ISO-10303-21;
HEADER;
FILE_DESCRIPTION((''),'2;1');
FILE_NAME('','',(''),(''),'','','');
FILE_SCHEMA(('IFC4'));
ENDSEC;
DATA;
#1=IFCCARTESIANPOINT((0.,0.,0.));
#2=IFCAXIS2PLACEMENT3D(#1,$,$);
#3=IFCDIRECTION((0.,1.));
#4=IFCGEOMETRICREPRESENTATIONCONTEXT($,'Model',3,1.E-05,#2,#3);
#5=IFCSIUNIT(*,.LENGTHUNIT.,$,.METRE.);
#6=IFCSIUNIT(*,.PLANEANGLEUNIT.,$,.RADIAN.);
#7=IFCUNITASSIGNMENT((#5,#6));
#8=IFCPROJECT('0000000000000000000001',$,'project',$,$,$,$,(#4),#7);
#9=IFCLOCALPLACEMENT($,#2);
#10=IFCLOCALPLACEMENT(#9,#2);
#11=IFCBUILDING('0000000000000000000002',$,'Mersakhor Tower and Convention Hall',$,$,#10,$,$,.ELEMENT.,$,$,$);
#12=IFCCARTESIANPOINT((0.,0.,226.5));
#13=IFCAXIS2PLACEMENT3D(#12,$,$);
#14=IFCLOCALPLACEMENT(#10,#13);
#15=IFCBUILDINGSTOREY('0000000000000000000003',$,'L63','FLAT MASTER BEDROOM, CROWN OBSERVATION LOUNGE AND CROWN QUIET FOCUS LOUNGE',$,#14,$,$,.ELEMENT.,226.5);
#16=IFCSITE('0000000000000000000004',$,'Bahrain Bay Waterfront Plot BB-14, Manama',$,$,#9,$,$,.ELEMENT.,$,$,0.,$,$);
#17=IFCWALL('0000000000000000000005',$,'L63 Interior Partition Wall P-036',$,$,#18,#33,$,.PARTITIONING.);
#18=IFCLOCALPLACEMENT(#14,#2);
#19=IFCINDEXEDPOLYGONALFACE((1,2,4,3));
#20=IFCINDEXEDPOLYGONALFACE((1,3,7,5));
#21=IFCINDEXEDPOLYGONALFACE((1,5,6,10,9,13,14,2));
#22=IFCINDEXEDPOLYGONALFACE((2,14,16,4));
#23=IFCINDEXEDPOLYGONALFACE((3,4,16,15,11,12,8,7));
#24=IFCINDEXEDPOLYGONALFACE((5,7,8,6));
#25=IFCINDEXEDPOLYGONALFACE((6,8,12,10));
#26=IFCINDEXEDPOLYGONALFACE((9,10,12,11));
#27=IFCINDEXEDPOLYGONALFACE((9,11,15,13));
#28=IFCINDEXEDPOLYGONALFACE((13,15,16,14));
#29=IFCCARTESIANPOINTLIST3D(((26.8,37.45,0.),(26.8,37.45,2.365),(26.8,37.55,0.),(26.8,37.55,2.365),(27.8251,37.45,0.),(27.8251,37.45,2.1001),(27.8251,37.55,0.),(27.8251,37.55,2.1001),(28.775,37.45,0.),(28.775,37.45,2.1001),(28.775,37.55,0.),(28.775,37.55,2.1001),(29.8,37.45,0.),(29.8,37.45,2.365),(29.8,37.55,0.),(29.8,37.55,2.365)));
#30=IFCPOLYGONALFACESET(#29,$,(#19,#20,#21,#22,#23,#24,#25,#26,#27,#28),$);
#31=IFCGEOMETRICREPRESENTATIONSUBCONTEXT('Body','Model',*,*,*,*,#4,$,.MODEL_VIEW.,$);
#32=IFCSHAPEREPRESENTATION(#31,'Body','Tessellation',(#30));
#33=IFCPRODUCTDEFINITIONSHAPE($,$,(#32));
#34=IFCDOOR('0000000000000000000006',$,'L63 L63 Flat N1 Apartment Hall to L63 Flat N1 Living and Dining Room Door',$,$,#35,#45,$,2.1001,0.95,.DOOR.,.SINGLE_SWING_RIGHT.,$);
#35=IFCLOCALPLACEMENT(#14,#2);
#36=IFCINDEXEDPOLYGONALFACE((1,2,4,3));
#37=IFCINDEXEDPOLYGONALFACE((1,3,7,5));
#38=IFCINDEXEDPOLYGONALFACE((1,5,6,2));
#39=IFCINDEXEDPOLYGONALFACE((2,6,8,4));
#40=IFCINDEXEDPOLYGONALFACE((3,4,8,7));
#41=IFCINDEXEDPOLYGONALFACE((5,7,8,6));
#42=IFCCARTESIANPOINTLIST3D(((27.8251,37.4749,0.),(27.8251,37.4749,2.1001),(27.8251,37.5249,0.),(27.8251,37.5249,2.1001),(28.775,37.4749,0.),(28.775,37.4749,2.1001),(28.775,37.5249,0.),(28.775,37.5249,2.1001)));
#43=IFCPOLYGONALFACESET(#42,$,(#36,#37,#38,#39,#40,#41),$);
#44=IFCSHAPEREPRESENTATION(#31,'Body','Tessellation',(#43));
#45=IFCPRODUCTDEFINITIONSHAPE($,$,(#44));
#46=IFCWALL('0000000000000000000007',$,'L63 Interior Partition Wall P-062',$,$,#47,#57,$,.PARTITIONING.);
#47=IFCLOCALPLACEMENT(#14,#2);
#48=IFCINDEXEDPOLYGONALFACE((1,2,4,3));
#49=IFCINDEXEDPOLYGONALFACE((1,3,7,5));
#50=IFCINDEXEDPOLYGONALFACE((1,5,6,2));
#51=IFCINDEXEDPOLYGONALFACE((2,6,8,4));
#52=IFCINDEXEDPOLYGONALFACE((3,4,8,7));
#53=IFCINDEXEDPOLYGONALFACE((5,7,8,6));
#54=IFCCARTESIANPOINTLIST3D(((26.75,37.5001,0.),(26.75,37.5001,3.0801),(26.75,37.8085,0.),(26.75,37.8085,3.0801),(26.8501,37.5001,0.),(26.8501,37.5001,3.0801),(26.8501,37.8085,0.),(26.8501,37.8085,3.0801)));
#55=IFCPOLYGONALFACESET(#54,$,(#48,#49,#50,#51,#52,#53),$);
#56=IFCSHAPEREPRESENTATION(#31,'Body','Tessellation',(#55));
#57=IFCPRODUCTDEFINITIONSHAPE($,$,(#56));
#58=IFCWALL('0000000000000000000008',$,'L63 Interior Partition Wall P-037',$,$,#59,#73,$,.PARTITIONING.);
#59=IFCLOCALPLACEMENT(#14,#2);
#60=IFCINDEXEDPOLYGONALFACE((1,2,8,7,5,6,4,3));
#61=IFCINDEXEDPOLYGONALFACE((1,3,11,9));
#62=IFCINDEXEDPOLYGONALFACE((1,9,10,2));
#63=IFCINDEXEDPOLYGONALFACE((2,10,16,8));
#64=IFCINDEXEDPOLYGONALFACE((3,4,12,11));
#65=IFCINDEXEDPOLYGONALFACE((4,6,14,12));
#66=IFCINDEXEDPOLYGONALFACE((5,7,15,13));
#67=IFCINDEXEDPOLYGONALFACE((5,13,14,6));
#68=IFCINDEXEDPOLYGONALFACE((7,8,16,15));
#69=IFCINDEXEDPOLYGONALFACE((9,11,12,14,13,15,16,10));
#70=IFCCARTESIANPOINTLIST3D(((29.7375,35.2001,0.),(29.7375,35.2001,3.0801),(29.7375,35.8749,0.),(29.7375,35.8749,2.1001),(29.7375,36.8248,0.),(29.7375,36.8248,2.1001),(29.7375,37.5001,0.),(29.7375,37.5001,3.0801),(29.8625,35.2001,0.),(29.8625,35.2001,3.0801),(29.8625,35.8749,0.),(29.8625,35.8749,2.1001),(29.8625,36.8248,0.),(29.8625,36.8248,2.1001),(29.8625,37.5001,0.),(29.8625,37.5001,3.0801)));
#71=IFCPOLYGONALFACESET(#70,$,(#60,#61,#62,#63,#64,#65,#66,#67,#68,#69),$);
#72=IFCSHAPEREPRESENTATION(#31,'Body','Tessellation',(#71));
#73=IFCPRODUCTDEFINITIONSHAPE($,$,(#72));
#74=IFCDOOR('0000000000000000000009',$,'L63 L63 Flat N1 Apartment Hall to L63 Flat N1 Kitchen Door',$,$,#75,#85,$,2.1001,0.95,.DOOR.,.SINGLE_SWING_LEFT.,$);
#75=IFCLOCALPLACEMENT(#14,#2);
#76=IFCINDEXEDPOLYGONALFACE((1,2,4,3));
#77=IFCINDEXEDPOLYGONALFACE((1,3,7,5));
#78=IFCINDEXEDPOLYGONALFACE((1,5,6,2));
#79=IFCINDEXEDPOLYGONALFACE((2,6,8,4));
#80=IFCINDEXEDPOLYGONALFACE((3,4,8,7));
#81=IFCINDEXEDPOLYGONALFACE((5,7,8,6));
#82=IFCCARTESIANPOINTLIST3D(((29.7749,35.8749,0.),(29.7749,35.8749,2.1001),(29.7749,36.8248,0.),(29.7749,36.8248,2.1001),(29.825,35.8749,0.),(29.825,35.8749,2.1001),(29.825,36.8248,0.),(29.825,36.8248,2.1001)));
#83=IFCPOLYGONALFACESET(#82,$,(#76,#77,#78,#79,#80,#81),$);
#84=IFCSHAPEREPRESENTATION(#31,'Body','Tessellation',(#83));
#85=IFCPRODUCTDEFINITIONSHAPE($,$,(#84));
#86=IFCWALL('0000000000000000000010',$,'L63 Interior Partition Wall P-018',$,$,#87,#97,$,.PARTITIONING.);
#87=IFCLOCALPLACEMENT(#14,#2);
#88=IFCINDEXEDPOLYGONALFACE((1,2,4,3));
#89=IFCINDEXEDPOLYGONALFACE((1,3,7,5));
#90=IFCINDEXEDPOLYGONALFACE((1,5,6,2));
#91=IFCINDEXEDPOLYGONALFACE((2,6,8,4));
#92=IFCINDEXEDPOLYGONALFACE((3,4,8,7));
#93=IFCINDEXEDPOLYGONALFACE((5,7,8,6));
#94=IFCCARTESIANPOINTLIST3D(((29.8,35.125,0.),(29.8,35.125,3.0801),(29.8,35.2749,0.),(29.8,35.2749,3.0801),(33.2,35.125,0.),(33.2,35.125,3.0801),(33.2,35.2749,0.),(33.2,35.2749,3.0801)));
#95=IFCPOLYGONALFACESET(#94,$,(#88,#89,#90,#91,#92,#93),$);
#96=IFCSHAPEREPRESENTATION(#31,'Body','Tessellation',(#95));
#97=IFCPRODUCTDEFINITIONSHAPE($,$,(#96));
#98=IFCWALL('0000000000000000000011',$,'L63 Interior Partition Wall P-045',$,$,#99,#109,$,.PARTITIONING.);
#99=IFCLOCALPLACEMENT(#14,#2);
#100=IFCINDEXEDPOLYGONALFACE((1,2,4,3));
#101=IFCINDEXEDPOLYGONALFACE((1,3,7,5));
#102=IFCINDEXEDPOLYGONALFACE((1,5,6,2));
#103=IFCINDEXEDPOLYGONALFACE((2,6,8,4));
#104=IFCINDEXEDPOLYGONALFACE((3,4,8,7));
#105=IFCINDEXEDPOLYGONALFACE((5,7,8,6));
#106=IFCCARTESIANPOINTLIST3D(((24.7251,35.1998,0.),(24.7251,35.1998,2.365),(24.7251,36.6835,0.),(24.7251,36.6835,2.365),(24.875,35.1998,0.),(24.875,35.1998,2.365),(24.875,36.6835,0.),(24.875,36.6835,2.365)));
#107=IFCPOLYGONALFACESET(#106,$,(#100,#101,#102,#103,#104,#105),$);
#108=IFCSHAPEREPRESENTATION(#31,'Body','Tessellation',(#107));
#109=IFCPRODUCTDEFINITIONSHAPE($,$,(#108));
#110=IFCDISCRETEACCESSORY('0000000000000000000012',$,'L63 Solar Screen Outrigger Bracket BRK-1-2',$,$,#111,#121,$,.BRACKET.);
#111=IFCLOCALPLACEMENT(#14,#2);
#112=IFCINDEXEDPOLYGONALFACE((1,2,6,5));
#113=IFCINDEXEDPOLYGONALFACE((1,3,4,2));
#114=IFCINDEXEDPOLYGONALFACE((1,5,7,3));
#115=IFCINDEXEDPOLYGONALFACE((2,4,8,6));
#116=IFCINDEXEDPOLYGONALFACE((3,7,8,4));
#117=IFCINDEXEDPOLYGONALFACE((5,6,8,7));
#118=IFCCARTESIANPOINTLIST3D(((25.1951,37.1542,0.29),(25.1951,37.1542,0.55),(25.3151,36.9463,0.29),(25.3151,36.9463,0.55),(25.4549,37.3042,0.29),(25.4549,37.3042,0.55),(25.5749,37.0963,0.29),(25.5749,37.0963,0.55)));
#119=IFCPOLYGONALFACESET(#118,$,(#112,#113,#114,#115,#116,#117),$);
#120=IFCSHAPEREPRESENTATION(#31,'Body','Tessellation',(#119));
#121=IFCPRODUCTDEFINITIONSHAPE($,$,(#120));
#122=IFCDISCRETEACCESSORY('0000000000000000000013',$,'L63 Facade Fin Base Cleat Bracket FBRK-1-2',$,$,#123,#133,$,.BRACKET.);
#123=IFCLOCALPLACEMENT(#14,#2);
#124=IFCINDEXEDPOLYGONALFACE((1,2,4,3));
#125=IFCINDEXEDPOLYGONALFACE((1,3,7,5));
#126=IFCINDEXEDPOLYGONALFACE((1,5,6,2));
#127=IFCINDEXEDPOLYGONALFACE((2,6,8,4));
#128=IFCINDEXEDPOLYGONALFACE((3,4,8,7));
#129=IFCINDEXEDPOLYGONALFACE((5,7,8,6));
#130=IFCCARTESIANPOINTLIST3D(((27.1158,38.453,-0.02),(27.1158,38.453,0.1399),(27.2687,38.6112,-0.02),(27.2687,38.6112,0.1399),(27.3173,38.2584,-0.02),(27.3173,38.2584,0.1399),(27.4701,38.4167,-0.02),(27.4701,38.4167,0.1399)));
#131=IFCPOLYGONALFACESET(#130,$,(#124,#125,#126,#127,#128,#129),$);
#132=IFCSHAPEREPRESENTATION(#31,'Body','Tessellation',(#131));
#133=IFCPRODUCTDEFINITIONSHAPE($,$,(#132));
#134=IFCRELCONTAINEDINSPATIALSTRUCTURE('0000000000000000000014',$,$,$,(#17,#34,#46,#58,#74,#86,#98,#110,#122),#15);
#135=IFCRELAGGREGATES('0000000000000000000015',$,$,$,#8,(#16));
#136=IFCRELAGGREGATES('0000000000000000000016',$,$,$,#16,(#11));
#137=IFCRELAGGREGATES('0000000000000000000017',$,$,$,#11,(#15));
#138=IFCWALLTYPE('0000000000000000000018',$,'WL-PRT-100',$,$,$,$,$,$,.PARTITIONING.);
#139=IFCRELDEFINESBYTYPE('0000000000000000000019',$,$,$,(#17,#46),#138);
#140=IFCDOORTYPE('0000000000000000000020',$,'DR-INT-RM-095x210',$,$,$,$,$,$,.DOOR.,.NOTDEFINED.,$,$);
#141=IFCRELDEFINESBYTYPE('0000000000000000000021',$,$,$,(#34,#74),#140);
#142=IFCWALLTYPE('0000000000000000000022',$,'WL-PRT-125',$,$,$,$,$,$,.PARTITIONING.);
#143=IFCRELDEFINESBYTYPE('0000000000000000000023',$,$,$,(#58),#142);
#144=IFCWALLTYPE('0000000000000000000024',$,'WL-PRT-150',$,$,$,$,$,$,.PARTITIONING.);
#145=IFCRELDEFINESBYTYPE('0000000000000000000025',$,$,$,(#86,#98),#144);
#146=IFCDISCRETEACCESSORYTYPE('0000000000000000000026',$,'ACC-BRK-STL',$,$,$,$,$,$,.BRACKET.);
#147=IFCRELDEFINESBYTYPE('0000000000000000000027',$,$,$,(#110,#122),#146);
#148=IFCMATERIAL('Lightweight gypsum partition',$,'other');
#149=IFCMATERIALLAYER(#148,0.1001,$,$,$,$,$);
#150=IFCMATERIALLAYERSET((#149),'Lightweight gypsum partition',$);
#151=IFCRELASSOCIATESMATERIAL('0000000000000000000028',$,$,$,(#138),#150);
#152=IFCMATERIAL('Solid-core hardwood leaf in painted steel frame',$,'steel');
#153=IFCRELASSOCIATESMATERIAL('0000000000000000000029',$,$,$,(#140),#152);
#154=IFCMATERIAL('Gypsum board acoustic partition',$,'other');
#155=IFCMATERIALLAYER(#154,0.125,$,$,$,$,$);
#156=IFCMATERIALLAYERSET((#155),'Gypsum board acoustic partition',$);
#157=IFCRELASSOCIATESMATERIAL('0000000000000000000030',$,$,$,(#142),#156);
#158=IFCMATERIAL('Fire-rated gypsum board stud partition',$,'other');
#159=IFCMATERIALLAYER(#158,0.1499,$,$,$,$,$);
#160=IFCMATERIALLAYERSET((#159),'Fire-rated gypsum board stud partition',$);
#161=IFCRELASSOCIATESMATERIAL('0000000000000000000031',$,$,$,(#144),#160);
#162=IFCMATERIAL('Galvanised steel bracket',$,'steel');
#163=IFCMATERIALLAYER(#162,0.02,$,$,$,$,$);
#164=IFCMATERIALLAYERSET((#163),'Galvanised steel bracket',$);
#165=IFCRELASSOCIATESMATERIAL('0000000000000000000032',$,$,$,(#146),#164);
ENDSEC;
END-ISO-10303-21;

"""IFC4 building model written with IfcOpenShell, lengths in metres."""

from ifc_helpers import new_model, si_unit, direction, frame, frame_2d, origin, origin_2d, place, context, subcontext, project, spatial, rectangle, extrude, material, layer, layer_set, type_object, element, fill, save


model = new_model("IFC4")

# Units and contexts
model_context = context("Model", 3, precision=1e-05, world=origin(), true_north=direction((0.0, 1.0)))
body_context = subcontext(model_context, "Body", "Model", "MODEL_VIEW")
ifc_project = project(units=[si_unit("LENGTHUNIT", "METRE"), si_unit("PLANEANGLEUNIT", "RADIAN")], contexts=[model_context])

# Site, building, storey
site_placement = place(None, origin())
site = spatial("IfcSite", under=ifc_project, at=site_placement, Name="Bahrain Bay Waterfront Plot BB-14, Manama", CompositionType="ELEMENT", RefElevation=0.0)
building_placement = place(site_placement, origin())
building = spatial("IfcBuilding", under=site, at=building_placement, Name="Mersakhor Tower and Convention Hall", CompositionType="ELEMENT")
storey_placement = place(building_placement, frame((0.0, 0.0, 226.5)))
storey = spatial("IfcBuildingStorey", under=building, at=storey_placement, Name="L63", Description="FLAT MASTER BEDROOM, CROWN OBSERVATION LOUNGE AND CROWN QUIET FOCUS LOUNGE", CompositionType="ELEMENT", Elevation=226.5)

# Wall, opening, door
ifc_material_1 = material(Name="Lightweight gypsum partition", Category="other")
ifc_layer_1 = layer(ifc_material_1, 0.1001)
ifc_layer_set_1 = layer_set([ifc_layer_1], Name="Lightweight gypsum partition")
wall_type_1 = type_object("IfcWallType", Name="WL-PRT-100", PredefinedType="PARTITIONING", material=ifc_layer_set_1)
wall_1_placement = place(storey_placement, frame((26.8, 37.5, 0.0), z_axis=(0.0, 0.0, 1.0), x_axis=(1.0, 0.0, 0.0)))
wall_1 = element("IfcWall", 1, at=wall_1_placement, inside=storey, type_object=wall_type_1, Name="L63 Interior Partition Wall P-036", PredefinedType="PARTITIONING", context=body_context, shape_type="SweptSolid", body=[
    extrude(rectangle(XDim=3.0, YDim=0.1001, at=frame_2d((1.5, 0.0))), origin(), (0.0, 0.0, 1.0), 2.365),
])
opening_1_placement = place(wall_1_placement, frame((1.0249, 0.0, 0.0)))
opening_1 = element("IfcOpeningElement", 2, at=opening_1_placement, cuts=wall_1, PredefinedType="OPENING", context=body_context, shape_type="SweptSolid", body=[
    extrude(rectangle(XDim=0.95, YDim=2.1001, at=frame_2d((0.4751, 1.05))), frame((0.0, 0.0601, 0.0), z_axis=(0.0, -1.0, 0.0), x_axis=(1.0, 0.0, 0.0)), (0.0, 0.0, 1.0), 0.1201),
])
ifc_material_2 = material(Name="Solid-core hardwood leaf in painted steel frame", Category="steel")
door_type_1 = type_object("IfcDoorType", Name="DR-INT-RM-095x210", OperationType="NOTDEFINED", PredefinedType="DOOR", material=ifc_material_2)
door_1_placement = place(opening_1_placement, origin())
door_1 = element("IfcDoor", 3, at=door_1_placement, inside=storey, type_object=door_type_1, Name="L63 L63 Flat N1 Apartment Hall to L63 Flat N1 Living and Dining Room Door", OperationType="SINGLE_SWING_RIGHT", OverallHeight=2.1001, OverallWidth=0.95, PredefinedType="DOOR", context=body_context, shape_type="SweptSolid", body=[
    extrude(rectangle(XDim=0.95, YDim=2.1001, at=frame_2d((0.4751, 1.05))), frame((0.0, 0.0249, 0.0), z_axis=(0.0, -1.0, 0.0), x_axis=(1.0, 0.0, 0.0)), (0.0, 0.0, 1.0), 0.05),
])
fill(opening_1, door_1)

# Wall
wall_2_placement = place(storey_placement, frame((26.8, 37.5, 0.0), z_axis=(0.0, 0.0, 1.0), x_axis=(0.0, 1.0, 0.0)))
element("IfcWall", 4, at=wall_2_placement, inside=storey, type_object=wall_type_1, Name="L63 Interior Partition Wall P-062", PredefinedType="PARTITIONING", context=body_context, shape_type="SweptSolid", body=[
    extrude(rectangle(XDim=0.3083, YDim=0.1001, at=frame_2d((0.1543, 0.0))), origin(), (0.0, 0.0, 1.0), 3.0801),
])

# Wall, opening, door
ifc_material_3 = material(Name="Gypsum board acoustic partition", Category="other")
ifc_layer_2 = layer(ifc_material_3, 0.125)
ifc_layer_set_2 = layer_set([ifc_layer_2], Name="Gypsum board acoustic partition")
wall_type_2 = type_object("IfcWallType", Name="WL-PRT-125", PredefinedType="PARTITIONING", material=ifc_layer_set_2)
wall_3_placement = place(storey_placement, frame((29.8, 37.5, 0.0), z_axis=(0.0, 0.0, 1.0), x_axis=(0.0, -1.0, 0.0)))
wall_3 = element("IfcWall", 5, at=wall_3_placement, inside=storey, type_object=wall_type_2, Name="L63 Interior Partition Wall P-037", PredefinedType="PARTITIONING", context=body_context, shape_type="SweptSolid", body=[
    extrude(rectangle(XDim=2.3, YDim=0.125, at=frame_2d((1.1499, 0.0))), origin(), (0.0, 0.0, 1.0), 3.0801),
])
opening_2_placement = place(wall_3_placement, frame((0.675, 0.0, 0.0)))
opening_2 = element("IfcOpeningElement", 6, at=opening_2_placement, cuts=wall_3, PredefinedType="OPENING", context=body_context, shape_type="SweptSolid", body=[
    extrude(rectangle(XDim=0.95, YDim=2.1001, at=frame_2d((0.4751, 1.05))), frame((0.0, 0.0725, 0.0), z_axis=(0.0, -1.0, 0.0), x_axis=(1.0, 0.0, 0.0)), (0.0, 0.0, 1.0), 0.145),
])
door_2_placement = place(opening_2_placement, origin())
door_2 = element("IfcDoor", 7, at=door_2_placement, inside=storey, type_object=door_type_1, Name="L63 L63 Flat N1 Apartment Hall to L63 Flat N1 Kitchen Door", OperationType="SINGLE_SWING_LEFT", OverallHeight=2.1001, OverallWidth=0.95, PredefinedType="DOOR", context=body_context, shape_type="SweptSolid", body=[
    extrude(rectangle(XDim=0.95, YDim=2.1001, at=frame_2d((0.4751, 1.05))), frame((0.0, 0.0249, 0.0), z_axis=(0.0, -1.0, 0.0), x_axis=(1.0, 0.0, 0.0)), (0.0, 0.0, 1.0), 0.05),
])
fill(opening_2, door_2)
ifc_material_4 = material(Name="Fire-rated gypsum board stud partition", Category="other")
ifc_layer_3 = layer(ifc_material_4, 0.1499)
ifc_layer_set_3 = layer_set([ifc_layer_3], Name="Fire-rated gypsum board stud partition")
wall_type_3 = type_object("IfcWallType", Name="WL-PRT-150", PredefinedType="PARTITIONING", material=ifc_layer_set_3)

# Walls
wall_4_placement = place(storey_placement, frame((29.8, 35.2, 0.0), z_axis=(0.0, 0.0, 1.0), x_axis=(1.0, 0.0, 0.0)))
element("IfcWall", 8, at=wall_4_placement, inside=storey, type_object=wall_type_3, Name="L63 Interior Partition Wall P-018", PredefinedType="PARTITIONING", context=body_context, shape_type="SweptSolid", body=[
    extrude(rectangle(XDim=3.3999, YDim=0.1499, at=frame_2d((1.7, 0.0))), origin(), (0.0, 0.0, 1.0), 3.0801),
])
wall_5_placement = place(storey_placement, frame((24.8, 35.2, 0.0), z_axis=(0.0, 0.0, 1.0), x_axis=(0.0, 1.0, 0.0)))
element("IfcWall", 9, at=wall_5_placement, inside=storey, type_object=wall_type_3, Name="L63 Interior Partition Wall P-045", PredefinedType="PARTITIONING", context=body_context, shape_type="SweptSolid", body=[
    extrude(rectangle(XDim=1.4836, YDim=0.1499, at=frame_2d((0.7417, 0.0))), origin(), (0.0, 0.0, 1.0), 2.365),
])

# Discrete accessories
ifc_material_5 = material(Name="Galvanised steel bracket", Category="steel")
ifc_layer_4 = layer(ifc_material_5, 0.02)
ifc_layer_set_4 = layer_set([ifc_layer_4], Name="Galvanised steel bracket")
discrete_accessory_type = type_object("IfcDiscreteAccessoryType", Name="ACC-BRK-STL", PredefinedType="BRACKET", material=ifc_layer_set_4)
discrete_accessory_1_placement = place(storey_placement, frame((25.385, 37.1252, 0.29), z_axis=(0.0, 0.0, 1.0), x_axis=(0.866025, 0.5, 0.0)))
element("IfcDiscreteAccessory", 10, at=discrete_accessory_1_placement, inside=storey, type_object=discrete_accessory_type, Name="L63 Solar Screen Outrigger Bracket BRK-1-2", PredefinedType="BRACKET", context=body_context, shape_type="SweptSolid", body=[
    extrude(rectangle(XDim=0.3, YDim=0.24, at=origin_2d()), origin(), (0.0, 0.0, 1.0), 0.26),
])
discrete_accessory_2_placement = place(storey_placement, frame((27.293, 38.4348, -0.02), z_axis=(0.0, 0.0, 1.0), x_axis=(-0.71934, 0.694658, 0.0)))
element("IfcDiscreteAccessory", 11, at=discrete_accessory_2_placement, inside=storey, type_object=discrete_accessory_type, Name="L63 Facade Fin Base Cleat Bracket FBRK-1-2", PredefinedType="BRACKET", context=body_context, shape_type="SweptSolid", body=[
    extrude(rectangle(XDim=0.28, YDim=0.22, at=origin_2d()), origin(), (0.0, 0.0, 1.0), 0.1599),
])

save(model, "model.ifc")
